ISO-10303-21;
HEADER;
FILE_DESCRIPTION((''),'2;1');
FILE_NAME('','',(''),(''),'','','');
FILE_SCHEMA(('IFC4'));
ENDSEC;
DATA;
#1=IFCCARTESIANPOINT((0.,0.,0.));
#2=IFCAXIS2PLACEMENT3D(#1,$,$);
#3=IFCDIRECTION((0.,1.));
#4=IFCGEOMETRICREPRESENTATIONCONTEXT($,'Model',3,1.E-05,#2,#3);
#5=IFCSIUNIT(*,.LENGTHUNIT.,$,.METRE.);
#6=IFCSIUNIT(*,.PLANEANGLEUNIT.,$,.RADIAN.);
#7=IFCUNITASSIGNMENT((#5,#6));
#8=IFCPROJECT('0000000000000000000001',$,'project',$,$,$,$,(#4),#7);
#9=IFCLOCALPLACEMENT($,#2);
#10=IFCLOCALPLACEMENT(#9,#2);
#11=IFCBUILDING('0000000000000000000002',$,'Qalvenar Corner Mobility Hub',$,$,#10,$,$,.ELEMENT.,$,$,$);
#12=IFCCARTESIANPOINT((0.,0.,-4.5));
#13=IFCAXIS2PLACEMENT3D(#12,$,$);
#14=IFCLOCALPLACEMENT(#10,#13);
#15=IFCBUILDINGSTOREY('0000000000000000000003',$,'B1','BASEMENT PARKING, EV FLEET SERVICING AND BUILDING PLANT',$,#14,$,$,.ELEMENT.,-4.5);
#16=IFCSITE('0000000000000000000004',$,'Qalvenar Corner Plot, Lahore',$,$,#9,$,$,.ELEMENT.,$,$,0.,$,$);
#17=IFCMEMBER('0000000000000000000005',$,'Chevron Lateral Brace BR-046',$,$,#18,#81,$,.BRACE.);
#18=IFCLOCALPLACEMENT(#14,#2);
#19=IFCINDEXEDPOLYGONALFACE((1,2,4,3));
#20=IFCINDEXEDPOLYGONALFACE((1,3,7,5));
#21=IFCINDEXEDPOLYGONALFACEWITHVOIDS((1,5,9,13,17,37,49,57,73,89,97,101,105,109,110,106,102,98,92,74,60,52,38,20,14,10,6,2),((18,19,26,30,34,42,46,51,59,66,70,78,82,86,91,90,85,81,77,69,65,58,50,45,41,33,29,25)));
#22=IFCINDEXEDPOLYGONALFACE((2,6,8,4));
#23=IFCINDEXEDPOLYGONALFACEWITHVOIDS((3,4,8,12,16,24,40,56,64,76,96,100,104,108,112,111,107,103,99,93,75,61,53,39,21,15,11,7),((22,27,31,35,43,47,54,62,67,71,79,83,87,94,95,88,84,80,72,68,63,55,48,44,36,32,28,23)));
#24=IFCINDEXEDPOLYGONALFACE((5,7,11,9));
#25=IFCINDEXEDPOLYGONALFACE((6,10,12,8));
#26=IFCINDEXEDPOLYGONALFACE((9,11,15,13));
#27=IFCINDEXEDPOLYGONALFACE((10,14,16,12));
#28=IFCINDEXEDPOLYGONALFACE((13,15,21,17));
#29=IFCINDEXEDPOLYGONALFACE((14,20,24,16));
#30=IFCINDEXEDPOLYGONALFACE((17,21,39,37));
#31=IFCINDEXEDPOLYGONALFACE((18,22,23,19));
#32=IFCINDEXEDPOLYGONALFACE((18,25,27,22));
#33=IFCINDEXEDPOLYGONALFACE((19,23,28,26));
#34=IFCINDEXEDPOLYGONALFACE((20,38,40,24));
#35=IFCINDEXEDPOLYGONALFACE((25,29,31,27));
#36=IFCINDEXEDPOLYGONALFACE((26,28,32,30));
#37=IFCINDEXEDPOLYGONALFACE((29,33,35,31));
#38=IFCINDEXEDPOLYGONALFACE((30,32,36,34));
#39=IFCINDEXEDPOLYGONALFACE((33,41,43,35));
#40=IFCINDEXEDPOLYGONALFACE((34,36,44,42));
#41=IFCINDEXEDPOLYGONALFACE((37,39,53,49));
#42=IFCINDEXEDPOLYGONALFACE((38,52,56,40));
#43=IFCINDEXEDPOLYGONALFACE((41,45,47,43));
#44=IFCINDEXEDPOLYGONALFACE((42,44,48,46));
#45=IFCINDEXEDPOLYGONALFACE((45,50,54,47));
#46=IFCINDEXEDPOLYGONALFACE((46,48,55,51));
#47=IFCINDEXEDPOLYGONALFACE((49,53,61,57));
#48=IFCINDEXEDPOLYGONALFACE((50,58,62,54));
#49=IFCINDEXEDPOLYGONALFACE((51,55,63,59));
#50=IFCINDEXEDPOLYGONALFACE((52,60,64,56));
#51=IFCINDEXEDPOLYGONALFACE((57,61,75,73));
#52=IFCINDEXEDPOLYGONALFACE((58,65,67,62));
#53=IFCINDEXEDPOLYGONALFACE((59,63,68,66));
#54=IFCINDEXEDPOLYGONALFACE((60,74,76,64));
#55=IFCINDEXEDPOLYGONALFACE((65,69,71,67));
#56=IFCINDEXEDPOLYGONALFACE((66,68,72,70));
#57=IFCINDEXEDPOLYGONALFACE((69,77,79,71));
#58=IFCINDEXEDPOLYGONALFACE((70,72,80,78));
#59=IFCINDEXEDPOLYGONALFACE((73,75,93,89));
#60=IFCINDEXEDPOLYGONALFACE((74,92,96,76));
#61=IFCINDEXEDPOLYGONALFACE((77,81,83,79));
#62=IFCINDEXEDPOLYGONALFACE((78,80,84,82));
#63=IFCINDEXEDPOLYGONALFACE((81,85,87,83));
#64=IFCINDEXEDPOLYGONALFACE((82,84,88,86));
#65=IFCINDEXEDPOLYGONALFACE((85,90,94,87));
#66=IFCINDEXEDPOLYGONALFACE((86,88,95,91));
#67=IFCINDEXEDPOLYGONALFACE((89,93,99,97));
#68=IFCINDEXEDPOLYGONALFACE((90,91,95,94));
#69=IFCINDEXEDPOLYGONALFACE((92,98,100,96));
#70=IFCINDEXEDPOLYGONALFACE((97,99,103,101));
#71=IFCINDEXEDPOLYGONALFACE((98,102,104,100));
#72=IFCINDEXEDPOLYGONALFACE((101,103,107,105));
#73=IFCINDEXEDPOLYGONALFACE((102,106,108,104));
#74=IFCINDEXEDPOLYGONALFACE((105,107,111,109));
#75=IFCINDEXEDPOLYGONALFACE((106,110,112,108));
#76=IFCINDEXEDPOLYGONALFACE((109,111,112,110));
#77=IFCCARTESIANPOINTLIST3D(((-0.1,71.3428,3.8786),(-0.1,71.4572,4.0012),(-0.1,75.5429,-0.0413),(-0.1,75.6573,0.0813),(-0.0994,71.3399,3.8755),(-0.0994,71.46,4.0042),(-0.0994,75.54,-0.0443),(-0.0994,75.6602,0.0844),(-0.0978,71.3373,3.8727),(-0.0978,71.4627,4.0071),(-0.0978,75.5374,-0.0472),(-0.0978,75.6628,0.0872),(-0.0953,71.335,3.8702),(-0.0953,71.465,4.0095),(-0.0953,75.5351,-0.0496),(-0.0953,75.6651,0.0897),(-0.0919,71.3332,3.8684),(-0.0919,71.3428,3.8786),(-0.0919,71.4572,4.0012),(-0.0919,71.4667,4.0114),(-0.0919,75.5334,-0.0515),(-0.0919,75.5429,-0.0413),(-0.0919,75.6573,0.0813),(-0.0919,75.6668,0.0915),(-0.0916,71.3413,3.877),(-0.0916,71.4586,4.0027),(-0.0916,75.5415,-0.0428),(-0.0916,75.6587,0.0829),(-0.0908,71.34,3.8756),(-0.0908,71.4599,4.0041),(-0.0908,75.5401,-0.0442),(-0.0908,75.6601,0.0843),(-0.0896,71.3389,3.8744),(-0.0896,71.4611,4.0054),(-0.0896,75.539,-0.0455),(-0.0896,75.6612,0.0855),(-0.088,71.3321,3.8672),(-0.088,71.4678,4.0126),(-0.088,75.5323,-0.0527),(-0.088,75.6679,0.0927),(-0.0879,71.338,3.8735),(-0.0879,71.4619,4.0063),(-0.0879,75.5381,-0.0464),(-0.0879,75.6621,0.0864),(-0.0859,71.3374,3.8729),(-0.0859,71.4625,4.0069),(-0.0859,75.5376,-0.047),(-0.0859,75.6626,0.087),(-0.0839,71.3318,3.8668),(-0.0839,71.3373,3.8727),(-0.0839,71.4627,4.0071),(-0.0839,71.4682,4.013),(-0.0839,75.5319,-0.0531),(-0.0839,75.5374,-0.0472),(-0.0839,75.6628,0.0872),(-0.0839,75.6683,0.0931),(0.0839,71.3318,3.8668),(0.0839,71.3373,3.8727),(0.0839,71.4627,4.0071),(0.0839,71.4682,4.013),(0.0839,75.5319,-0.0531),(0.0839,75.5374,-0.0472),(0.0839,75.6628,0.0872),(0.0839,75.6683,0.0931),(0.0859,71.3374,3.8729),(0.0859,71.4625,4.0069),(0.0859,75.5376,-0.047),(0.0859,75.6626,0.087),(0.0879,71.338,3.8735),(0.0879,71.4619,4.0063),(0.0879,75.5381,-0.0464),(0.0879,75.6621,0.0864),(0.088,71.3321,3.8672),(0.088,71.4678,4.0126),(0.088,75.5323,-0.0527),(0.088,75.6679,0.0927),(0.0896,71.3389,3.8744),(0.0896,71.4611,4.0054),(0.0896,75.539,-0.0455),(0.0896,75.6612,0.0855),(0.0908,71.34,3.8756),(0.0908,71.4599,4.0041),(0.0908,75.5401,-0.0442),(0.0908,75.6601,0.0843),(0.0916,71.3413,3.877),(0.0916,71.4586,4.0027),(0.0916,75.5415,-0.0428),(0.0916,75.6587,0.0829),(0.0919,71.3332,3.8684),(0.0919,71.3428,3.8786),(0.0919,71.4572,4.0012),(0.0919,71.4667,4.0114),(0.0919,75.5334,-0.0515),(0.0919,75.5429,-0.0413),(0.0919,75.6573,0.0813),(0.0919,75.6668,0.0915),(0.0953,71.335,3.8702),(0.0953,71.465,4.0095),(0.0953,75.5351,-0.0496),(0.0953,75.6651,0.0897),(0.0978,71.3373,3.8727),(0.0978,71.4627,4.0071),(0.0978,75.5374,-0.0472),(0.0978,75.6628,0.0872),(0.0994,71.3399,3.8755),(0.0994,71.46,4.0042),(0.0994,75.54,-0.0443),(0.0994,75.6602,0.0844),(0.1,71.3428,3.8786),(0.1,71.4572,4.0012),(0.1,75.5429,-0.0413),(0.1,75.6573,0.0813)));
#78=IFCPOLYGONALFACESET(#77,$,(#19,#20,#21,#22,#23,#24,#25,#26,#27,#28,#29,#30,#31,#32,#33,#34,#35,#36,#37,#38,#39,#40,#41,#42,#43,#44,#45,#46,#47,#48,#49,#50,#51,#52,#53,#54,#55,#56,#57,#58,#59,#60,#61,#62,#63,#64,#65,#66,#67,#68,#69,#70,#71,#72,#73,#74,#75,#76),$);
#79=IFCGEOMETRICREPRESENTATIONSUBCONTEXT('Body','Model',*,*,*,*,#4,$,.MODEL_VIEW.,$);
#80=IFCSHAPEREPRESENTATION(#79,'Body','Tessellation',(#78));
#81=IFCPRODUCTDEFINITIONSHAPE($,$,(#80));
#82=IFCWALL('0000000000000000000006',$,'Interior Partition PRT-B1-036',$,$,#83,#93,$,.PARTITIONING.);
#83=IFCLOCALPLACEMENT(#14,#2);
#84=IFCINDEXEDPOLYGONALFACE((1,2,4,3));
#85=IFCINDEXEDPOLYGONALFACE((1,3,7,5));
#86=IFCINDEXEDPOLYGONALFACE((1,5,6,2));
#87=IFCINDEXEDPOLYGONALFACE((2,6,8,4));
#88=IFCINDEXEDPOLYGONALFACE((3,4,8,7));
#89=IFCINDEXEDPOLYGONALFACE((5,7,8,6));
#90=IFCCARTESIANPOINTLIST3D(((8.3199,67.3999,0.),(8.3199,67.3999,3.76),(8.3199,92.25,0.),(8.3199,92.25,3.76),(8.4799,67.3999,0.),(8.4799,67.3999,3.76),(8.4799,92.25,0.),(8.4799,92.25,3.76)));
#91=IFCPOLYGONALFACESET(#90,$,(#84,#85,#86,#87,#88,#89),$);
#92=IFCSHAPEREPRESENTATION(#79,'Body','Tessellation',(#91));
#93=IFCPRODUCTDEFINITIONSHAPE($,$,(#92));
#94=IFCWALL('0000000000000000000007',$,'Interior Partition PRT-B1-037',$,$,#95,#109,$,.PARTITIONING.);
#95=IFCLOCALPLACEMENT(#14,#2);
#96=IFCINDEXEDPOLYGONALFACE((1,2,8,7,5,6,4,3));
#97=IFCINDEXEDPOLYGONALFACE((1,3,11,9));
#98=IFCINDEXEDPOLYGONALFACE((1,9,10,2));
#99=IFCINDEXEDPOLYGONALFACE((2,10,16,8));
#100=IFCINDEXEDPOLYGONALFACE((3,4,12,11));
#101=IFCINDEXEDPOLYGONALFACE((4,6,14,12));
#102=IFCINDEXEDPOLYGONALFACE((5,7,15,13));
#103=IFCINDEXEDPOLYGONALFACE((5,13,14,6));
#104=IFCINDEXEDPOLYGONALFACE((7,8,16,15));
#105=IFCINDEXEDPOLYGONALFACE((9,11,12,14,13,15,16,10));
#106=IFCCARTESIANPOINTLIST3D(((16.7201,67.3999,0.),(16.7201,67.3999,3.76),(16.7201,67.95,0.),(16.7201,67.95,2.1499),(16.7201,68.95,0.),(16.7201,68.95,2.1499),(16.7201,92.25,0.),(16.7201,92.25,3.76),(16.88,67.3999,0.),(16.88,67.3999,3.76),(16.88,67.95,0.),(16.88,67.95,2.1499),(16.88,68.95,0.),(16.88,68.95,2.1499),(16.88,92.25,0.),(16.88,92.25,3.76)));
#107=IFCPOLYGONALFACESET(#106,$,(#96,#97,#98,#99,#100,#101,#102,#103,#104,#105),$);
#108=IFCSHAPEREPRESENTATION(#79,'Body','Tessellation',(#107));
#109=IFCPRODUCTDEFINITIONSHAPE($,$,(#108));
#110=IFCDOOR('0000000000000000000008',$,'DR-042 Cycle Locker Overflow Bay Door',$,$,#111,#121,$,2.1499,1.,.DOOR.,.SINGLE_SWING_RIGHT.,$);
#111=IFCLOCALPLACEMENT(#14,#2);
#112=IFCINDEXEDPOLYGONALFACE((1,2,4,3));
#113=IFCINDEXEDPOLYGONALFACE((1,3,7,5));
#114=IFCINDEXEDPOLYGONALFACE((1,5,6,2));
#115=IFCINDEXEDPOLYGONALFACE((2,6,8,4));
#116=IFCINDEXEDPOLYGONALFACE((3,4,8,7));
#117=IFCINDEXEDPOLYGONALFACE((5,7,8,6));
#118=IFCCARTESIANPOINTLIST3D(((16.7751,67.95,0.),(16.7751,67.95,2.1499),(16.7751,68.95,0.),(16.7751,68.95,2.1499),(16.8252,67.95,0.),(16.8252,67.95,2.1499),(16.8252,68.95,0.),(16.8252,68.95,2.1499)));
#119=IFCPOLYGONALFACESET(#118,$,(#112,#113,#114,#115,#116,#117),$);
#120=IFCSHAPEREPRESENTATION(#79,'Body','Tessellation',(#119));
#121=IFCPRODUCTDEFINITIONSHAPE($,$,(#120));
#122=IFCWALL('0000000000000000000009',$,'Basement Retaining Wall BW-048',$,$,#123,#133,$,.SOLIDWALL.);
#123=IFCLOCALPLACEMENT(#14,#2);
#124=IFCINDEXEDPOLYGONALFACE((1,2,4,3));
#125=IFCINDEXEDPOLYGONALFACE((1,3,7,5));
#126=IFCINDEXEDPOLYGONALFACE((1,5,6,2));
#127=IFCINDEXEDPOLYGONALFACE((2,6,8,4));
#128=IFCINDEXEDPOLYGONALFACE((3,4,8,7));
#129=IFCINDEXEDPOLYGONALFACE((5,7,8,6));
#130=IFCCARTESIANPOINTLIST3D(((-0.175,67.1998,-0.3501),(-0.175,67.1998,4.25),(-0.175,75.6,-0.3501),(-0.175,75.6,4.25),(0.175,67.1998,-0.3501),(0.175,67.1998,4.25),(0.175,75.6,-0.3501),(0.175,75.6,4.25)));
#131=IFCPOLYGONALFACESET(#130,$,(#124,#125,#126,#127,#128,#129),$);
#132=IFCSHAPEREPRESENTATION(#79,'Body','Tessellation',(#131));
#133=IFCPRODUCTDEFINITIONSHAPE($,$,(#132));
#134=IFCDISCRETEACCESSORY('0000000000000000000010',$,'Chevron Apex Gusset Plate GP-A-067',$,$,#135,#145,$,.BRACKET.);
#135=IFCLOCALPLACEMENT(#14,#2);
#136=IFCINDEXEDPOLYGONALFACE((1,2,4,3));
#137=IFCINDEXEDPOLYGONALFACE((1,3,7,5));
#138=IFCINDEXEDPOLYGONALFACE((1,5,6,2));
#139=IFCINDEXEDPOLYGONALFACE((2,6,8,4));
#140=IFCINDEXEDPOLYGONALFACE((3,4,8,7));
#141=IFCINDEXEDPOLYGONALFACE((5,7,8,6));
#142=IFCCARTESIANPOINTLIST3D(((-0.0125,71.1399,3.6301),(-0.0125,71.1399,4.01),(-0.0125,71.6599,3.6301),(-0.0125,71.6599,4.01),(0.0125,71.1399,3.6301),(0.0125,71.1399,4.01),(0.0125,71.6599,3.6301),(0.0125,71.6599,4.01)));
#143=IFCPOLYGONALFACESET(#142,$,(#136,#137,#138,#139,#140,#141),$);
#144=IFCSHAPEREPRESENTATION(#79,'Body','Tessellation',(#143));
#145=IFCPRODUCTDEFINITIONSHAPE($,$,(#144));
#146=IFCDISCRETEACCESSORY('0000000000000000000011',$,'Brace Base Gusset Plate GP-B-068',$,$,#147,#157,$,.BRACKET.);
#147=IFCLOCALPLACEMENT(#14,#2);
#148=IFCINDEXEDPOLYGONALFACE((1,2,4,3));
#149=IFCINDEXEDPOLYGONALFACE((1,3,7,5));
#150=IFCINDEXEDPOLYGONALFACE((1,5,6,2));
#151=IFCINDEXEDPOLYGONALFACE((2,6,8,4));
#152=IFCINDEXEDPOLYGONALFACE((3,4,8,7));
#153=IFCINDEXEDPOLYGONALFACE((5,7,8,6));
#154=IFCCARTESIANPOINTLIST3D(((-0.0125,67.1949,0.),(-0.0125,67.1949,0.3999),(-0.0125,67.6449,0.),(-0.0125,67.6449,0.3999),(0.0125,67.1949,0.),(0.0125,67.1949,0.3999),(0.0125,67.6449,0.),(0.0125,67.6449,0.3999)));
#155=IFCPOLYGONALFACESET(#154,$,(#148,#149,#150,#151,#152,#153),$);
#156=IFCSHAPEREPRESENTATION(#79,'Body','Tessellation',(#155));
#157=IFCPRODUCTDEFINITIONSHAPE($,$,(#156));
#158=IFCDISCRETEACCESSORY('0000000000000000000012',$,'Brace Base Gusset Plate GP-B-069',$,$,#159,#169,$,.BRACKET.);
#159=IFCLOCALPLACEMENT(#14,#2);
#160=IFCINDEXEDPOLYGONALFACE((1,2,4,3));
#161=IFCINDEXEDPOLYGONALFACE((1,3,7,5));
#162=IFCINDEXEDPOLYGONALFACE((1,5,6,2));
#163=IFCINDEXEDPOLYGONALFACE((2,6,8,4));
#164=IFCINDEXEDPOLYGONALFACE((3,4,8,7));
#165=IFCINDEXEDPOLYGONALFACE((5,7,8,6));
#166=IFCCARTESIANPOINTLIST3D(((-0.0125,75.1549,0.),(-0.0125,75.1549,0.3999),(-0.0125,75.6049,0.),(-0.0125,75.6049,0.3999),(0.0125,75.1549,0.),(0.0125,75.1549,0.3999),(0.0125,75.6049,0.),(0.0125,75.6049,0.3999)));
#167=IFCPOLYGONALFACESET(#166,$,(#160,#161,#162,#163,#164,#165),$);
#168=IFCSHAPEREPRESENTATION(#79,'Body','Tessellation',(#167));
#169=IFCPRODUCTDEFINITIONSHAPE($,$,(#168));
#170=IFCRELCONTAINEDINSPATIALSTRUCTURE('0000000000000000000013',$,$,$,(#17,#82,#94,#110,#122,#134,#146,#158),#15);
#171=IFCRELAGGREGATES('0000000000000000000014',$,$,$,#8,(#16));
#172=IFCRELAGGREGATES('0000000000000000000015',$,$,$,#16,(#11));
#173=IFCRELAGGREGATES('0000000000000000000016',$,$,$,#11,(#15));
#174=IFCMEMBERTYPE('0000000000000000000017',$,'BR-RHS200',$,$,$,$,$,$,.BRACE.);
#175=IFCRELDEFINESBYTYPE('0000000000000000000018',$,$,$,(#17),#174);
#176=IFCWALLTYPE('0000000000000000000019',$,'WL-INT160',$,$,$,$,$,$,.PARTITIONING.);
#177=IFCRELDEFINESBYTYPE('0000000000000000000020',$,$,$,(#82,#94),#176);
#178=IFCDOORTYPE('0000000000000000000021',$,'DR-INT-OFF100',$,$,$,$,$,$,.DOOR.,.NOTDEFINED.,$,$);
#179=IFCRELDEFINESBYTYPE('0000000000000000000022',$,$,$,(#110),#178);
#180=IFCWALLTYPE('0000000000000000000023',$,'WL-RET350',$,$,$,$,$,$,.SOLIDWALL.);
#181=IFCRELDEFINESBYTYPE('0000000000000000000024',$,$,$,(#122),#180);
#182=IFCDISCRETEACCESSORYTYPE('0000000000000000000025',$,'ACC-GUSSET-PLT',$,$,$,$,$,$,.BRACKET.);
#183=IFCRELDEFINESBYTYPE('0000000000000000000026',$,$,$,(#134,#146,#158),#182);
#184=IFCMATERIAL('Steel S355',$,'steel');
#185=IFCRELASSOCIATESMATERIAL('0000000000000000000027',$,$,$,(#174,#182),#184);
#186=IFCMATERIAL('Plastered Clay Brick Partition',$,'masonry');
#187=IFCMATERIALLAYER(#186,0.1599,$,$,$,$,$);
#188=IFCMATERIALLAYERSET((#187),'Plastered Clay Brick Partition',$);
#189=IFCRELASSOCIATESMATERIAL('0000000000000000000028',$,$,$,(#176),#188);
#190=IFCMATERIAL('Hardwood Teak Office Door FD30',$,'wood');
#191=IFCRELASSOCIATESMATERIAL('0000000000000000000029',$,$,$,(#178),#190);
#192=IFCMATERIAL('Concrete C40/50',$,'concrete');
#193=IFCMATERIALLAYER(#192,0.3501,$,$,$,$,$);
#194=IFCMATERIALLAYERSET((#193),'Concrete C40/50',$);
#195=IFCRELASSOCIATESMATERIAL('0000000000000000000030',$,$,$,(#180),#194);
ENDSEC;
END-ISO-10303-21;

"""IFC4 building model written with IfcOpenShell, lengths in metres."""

from ifc_helpers import new_model, si_unit, direction, frame, frame_2d, origin, origin_2d, place, context, subcontext, project, spatial, rectangle, hollow_rectangle, extrude, material, layer, layer_set, material_profile, profile_set, type_object, element, fill, save


model = new_model("IFC4")

# Units and contexts
model_context = context("Model", 3, precision=1e-05, world=origin(), true_north=direction((0.0, 1.0)))
body_context = subcontext(model_context, "Body", "Model", "MODEL_VIEW")
ifc_project = project(units=[si_unit("LENGTHUNIT", "METRE"), si_unit("PLANEANGLEUNIT", "RADIAN")], contexts=[model_context])

# Site, building, storey
site_placement = place(None, origin())
site = spatial("IfcSite", under=ifc_project, at=site_placement, Name="Qalvenar Corner Plot, Lahore", CompositionType="ELEMENT", RefElevation=0.0)
building_placement = place(site_placement, origin())
building = spatial("IfcBuilding", under=site, at=building_placement, Name="Qalvenar Corner Mobility Hub", CompositionType="ELEMENT")
storey_placement = place(building_placement, frame((0.0, 0.0, -4.5)))
storey = spatial("IfcBuildingStorey", under=building, at=storey_placement, Name="B1", Description="BASEMENT PARKING, EV FLEET SERVICING AND BUILDING PLANT", CompositionType="ELEMENT", Elevation=-4.5)

# Shared definitions
ifc_material_1 = material(Name="Concrete C40/50", Category="concrete")

# Shared definitions
ifc_material_2 = material(Name="Steel S355", Category="steel")

# Member
ifc_material_profile_1 = material_profile(ifc_material_2, hollow_rectangle(XDim=0.2, YDim=0.2, WallThickness=0.0081, InnerFilletRadius=0.0081, OuterFilletRadius=0.0161, at=origin_2d()), Name="SHS200x200x8")
ifc_profile_set_1 = profile_set([ifc_material_profile_1], Name="Steel S355")
member_type = type_object("IfcMemberType", Name="BR-RHS200", PredefinedType="BRACE", material=ifc_profile_set_1)
member_placement = place(storey_placement, frame((0.0, 75.6001, 0.02), z_axis=(0.0, -0.731078, 0.682294), x_axis=(1.0, 0.0, 0.0)))
element("IfcMember", 1, at=member_placement, inside=storey, type_object=member_type, Name="Chevron Lateral Brace BR-046", PredefinedType="BRACE", context=body_context, shape_type="SweptSolid", body=[
    extrude(hollow_rectangle(XDim=0.2, YDim=0.2, WallThickness=0.0081, InnerFilletRadius=0.0081, OuterFilletRadius=0.0161, at=origin_2d()), origin(), (0.0, 0.0, 1.0), 5.7451),
])

# Wall
ifc_material_3 = material(Name="Plastered Clay Brick Partition", Category="masonry")
ifc_layer_1 = layer(ifc_material_3, 0.1599)
ifc_layer_set_1 = layer_set([ifc_layer_1], Name="Plastered Clay Brick Partition")
wall_type_1 = type_object("IfcWallType", Name="WL-INT160", PredefinedType="PARTITIONING", material=ifc_layer_set_1)
wall_1_placement = place(storey_placement, frame((8.3999, 67.3999, 0.0), z_axis=(0.0, 0.0, 1.0), x_axis=(0.0, 1.0, 0.0)))
element("IfcWall", 2, at=wall_1_placement, inside=storey, type_object=wall_type_1, Name="Interior Partition PRT-B1-036", PredefinedType="PARTITIONING", context=body_context, shape_type="SweptSolid", body=[
    extrude(rectangle(XDim=24.8501, YDim=0.1599, at=frame_2d((12.425, 0.0))), origin(), (0.0, 0.0, 1.0), 3.76),
])

# Wall, opening, door
wall_2_placement = place(storey_placement, frame((16.8, 67.3999, 0.0), z_axis=(0.0, 0.0, 1.0), x_axis=(0.0, 1.0, 0.0)))
wall_2 = element("IfcWall", 3, at=wall_2_placement, inside=storey, type_object=wall_type_1, Name="Interior Partition PRT-B1-037", PredefinedType="PARTITIONING", context=body_context, shape_type="SweptSolid", body=[
    extrude(rectangle(XDim=24.8501, YDim=0.1599, at=frame_2d((12.425, 0.0))), origin(), (0.0, 0.0, 1.0), 3.76),
])
opening_placement = place(wall_2_placement, frame((0.55, 0.0, 0.0)))
opening = element("IfcOpeningElement", 4, at=opening_placement, cuts=wall_2, PredefinedType="OPENING", context=body_context, shape_type="SweptSolid", body=[
    extrude(rectangle(XDim=1.0, YDim=2.1499, at=frame_2d((0.5, 1.075))), frame((0.0, 0.0898, 0.0), z_axis=(0.0, -1.0, 0.0), x_axis=(1.0, 0.0, 0.0)), (0.0, 0.0, 1.0), 0.1799),
])
ifc_material_4 = material(Name="Hardwood Teak Office Door FD30", Category="wood")
door_type = type_object("IfcDoorType", Name="DR-INT-OFF100", OperationType="NOTDEFINED", PredefinedType="DOOR", material=ifc_material_4)
door_placement = place(opening_placement, origin())
door = element("IfcDoor", 5, at=door_placement, inside=storey, type_object=door_type, Name="DR-042 Cycle Locker Overflow Bay Door", OperationType="SINGLE_SWING_RIGHT", OverallHeight=2.1499, OverallWidth=1.0, PredefinedType="DOOR", context=body_context, shape_type="SweptSolid", body=[
    extrude(rectangle(XDim=1.0, YDim=2.1499, at=frame_2d((0.5, 1.075))), frame((0.0, 0.0249, 0.0), z_axis=(0.0, -1.0, 0.0), x_axis=(1.0, 0.0, 0.0)), (0.0, 0.0, 1.0), 0.05),
])
fill(opening, door)

# Wall
ifc_layer_2 = layer(ifc_material_1, 0.3501)
ifc_layer_set_2 = layer_set([ifc_layer_2], Name="Concrete C40/50")
wall_type_2 = type_object("IfcWallType", Name="WL-RET350", PredefinedType="SOLIDWALL", material=ifc_layer_set_2)
wall_3_placement = place(storey_placement, frame((0.0, 75.6001, -0.3501), z_axis=(0.0, 0.0, 1.0), x_axis=(0.0, -1.0, 0.0)))
element("IfcWall", 6, at=wall_3_placement, inside=storey, type_object=wall_type_2, Name="Basement Retaining Wall BW-048", PredefinedType="SOLIDWALL", context=body_context, shape_type="SweptSolid", body=[
    extrude(rectangle(XDim=8.4001, YDim=0.3501, at=frame_2d((4.2002, 0.0))), origin(), (0.0, 0.0, 1.0), 4.6001),
])

# Discrete accessories
discrete_accessory_type = type_object("IfcDiscreteAccessoryType", Name="ACC-GUSSET-PLT", PredefinedType="BRACKET", material=ifc_material_2)
discrete_accessory_placement = place(storey_placement, frame((0.0, 71.3999, 3.6301), z_axis=(0.0, 0.0, 1.0), x_axis=(0.0, 1.0, 0.0)))
element("IfcDiscreteAccessory", 7, at=discrete_accessory_placement, inside=storey, type_object=discrete_accessory_type, Name="Chevron Apex Gusset Plate GP-A-067", PredefinedType="BRACKET", context=body_context, shape_type="SweptSolid", body=[
    extrude(rectangle(XDim=0.52, YDim=0.0249, at=origin_2d()), origin(), (0.0, 0.0, 1.0), 0.3799),
])
for number, where, z_axis, x_axis, name in (
    (8, (0.0, 67.4199, 0.0), (0.0, 0.0, 1.0), (0.0, 1.0, 0.0), "Brace Base Gusset Plate GP-B-068"),
    (9, (0.0, 75.3799, 0.0), (0.0, 0.0, 1.0), (0.0, 1.0, 0.0), "Brace Base Gusset Plate GP-B-069"),
):
    element("IfcDiscreteAccessory", number, at=place(storey_placement, frame(where, z_axis=z_axis, x_axis=x_axis)), inside=storey, type_object=discrete_accessory_type, Name=name, PredefinedType="BRACKET", context=body_context, shape_type="SweptSolid", body=[
        extrude(rectangle(XDim=0.45, YDim=0.0249, at=origin_2d()), origin(), (0.0, 0.0, 1.0), 0.3999),
    ])

save(model, "model.ifc")
